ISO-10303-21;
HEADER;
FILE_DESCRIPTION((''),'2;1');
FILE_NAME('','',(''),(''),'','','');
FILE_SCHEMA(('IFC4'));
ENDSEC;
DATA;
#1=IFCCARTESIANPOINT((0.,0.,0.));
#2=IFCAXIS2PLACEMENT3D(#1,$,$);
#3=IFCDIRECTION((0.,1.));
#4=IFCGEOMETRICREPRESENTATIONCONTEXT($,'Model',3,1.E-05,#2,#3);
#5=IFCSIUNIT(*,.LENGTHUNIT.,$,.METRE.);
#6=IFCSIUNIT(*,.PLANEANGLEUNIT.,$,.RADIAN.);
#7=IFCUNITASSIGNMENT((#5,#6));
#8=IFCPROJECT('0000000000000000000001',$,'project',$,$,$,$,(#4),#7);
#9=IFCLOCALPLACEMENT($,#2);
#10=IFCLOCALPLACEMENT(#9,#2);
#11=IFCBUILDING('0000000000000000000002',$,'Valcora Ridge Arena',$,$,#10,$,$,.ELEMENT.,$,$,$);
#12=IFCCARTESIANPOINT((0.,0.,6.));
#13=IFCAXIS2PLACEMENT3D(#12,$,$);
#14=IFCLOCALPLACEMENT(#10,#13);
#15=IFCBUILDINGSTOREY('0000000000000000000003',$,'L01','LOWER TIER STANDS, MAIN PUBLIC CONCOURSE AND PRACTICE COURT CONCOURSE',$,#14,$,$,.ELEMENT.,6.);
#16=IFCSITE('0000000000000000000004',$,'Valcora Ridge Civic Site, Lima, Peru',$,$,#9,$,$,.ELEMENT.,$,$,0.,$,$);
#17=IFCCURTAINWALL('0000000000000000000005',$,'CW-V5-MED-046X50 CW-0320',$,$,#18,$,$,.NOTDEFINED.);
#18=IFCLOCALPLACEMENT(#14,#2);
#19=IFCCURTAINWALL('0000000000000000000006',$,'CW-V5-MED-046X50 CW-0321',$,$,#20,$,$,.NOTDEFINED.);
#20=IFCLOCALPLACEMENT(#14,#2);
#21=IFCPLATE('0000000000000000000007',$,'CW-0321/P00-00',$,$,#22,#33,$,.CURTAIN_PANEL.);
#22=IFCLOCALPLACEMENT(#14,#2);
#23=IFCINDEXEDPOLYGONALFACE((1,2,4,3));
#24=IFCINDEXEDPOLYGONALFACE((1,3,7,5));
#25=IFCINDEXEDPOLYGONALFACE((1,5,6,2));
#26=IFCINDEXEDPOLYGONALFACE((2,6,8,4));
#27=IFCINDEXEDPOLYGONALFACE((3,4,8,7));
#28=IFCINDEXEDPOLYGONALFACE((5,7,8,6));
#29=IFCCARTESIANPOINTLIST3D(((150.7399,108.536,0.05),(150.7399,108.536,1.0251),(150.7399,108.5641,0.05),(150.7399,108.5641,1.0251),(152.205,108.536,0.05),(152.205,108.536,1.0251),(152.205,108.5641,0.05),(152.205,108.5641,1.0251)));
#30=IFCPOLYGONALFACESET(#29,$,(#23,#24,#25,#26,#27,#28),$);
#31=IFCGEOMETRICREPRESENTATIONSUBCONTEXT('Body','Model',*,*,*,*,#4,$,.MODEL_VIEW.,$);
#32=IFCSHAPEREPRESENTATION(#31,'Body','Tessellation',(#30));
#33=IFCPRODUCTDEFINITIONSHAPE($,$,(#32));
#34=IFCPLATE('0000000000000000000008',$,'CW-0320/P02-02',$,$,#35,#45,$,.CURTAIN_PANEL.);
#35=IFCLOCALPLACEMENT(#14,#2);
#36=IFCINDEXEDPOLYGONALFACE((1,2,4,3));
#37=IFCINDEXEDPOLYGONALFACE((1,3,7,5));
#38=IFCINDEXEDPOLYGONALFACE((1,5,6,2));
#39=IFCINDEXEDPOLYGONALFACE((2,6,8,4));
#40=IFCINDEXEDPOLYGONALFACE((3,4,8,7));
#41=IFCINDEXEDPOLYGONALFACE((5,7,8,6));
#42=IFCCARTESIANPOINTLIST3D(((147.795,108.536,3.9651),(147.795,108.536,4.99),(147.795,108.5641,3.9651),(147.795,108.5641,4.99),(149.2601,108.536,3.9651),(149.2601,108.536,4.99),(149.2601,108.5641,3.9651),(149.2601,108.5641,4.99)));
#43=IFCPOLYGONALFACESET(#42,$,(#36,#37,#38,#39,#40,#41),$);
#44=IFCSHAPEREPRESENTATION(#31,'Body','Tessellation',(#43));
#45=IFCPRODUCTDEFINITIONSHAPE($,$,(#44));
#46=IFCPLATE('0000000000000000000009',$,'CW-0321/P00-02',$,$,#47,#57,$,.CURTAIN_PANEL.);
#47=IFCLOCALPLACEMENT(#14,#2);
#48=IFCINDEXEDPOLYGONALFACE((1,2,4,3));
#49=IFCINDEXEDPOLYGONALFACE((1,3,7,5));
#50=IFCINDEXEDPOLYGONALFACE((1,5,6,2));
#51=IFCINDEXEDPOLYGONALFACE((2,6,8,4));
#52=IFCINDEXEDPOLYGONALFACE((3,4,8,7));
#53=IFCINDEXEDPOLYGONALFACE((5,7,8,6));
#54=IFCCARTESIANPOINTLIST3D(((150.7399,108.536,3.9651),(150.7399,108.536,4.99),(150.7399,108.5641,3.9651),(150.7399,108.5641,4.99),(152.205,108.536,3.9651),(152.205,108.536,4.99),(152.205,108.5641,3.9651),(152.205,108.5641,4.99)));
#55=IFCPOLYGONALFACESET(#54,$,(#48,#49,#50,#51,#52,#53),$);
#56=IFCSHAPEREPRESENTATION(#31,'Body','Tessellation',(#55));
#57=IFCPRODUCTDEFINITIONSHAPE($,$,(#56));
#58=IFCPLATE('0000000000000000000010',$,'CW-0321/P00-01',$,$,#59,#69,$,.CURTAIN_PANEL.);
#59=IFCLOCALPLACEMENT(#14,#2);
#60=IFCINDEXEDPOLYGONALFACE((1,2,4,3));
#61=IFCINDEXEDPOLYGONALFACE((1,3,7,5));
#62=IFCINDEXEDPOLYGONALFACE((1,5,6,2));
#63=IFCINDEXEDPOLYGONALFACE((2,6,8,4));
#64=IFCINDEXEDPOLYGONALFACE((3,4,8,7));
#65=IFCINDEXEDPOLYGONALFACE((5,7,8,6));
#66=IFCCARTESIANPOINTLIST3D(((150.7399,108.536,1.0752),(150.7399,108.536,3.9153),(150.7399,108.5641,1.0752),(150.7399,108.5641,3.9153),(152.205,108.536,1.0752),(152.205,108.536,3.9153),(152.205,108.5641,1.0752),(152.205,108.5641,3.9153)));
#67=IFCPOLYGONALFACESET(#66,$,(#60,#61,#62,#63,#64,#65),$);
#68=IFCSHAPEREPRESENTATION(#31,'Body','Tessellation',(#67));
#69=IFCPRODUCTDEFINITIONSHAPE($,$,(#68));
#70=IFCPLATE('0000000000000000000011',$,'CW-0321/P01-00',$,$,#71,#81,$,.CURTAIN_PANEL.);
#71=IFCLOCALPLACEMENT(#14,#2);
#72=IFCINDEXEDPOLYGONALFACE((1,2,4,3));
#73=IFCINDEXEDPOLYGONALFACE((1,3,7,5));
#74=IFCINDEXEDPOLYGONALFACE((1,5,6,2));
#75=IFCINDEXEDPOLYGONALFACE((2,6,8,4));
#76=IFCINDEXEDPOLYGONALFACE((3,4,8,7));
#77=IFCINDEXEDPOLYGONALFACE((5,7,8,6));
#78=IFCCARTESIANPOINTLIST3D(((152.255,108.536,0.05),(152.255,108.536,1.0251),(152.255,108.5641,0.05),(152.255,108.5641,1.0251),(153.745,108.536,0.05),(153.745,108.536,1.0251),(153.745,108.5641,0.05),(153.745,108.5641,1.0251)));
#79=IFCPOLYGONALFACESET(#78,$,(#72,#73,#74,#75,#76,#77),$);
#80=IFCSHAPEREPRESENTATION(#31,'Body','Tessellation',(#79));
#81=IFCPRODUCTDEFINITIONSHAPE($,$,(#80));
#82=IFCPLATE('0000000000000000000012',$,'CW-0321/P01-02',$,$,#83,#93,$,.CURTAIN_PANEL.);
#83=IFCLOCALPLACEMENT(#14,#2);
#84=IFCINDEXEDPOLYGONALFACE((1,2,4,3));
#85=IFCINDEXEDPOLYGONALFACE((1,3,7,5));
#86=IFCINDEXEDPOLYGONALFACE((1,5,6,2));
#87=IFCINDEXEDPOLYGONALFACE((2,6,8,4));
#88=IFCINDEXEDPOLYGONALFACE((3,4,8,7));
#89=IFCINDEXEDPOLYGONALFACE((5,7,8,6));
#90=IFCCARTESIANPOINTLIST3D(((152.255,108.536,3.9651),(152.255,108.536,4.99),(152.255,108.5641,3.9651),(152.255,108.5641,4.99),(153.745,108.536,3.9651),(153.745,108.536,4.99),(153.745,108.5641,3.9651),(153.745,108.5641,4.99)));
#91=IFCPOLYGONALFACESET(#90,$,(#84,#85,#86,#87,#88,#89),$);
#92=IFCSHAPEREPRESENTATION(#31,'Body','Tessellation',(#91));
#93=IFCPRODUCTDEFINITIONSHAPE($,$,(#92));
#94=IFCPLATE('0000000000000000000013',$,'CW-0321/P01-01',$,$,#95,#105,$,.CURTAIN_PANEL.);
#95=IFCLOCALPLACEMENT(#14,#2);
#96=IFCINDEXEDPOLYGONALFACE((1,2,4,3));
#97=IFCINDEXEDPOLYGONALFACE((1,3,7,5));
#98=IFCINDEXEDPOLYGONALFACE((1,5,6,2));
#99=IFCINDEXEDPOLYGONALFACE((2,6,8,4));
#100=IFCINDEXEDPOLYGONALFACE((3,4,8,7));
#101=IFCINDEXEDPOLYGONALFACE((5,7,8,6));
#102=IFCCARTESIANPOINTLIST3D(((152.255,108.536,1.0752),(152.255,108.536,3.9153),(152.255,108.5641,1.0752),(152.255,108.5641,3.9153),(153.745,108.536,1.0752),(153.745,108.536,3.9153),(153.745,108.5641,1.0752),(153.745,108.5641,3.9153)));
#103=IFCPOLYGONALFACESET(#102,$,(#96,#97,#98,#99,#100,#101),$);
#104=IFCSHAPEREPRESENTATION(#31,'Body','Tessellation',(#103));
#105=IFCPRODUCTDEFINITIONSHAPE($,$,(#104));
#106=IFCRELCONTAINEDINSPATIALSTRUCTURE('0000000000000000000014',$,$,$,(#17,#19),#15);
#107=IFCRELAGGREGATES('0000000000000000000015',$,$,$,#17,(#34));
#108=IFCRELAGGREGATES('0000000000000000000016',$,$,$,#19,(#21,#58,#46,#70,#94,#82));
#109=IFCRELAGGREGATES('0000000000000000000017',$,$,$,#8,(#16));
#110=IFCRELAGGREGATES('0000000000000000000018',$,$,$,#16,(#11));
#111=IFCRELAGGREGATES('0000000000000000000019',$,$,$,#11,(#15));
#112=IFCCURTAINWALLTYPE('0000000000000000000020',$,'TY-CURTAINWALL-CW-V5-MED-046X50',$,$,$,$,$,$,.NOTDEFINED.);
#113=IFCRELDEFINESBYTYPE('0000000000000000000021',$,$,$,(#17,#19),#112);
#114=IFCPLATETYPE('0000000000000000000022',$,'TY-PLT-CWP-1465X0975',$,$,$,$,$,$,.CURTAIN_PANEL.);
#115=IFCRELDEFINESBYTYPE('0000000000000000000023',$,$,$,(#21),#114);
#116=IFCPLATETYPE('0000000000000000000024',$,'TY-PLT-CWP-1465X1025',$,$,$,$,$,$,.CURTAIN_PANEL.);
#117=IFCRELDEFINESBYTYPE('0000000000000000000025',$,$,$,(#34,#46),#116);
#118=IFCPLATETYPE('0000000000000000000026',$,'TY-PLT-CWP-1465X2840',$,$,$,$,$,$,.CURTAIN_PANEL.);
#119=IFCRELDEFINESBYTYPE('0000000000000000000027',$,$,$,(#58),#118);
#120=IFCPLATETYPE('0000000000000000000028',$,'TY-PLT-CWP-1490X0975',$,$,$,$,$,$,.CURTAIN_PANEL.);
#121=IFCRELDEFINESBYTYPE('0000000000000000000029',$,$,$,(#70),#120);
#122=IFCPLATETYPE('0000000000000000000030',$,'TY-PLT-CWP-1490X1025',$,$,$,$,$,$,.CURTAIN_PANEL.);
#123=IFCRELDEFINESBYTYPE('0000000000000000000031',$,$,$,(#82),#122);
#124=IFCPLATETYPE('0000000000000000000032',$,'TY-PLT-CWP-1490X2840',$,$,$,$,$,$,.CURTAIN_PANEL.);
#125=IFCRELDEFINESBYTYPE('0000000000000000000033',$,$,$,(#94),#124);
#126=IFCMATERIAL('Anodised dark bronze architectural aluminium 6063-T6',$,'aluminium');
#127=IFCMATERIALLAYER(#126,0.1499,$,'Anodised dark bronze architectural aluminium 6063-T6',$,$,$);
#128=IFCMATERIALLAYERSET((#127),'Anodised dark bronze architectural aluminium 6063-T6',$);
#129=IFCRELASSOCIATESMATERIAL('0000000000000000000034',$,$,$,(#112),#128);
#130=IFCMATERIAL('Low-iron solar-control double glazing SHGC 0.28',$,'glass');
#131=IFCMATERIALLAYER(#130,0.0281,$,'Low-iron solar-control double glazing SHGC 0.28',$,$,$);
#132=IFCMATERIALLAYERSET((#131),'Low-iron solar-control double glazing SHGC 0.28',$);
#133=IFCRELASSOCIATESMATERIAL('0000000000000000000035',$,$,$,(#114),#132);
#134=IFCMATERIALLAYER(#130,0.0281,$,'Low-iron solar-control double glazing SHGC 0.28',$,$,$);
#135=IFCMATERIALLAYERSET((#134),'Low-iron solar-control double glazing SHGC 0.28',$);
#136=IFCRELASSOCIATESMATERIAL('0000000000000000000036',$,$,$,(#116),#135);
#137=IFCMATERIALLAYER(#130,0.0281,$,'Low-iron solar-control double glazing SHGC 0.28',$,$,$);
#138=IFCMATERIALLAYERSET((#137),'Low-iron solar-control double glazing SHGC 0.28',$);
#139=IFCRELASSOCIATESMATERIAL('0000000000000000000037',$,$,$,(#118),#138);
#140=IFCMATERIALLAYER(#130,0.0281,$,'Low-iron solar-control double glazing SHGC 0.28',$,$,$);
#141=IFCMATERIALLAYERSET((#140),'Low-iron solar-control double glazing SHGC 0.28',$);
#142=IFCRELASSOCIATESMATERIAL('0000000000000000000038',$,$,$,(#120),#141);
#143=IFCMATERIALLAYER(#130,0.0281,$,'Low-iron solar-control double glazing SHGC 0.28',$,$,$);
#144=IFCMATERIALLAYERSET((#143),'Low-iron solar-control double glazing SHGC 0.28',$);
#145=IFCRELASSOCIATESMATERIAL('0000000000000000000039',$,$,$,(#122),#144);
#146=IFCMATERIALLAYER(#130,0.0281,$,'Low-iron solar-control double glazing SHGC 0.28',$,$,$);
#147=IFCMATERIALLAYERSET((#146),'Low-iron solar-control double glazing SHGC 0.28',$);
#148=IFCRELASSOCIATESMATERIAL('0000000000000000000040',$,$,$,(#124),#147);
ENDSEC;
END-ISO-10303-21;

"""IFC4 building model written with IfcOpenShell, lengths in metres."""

from ifc_helpers import new_model, si_unit, direction, frame, origin, origin_2d, place, context, subcontext, project, spatial, rectangle, extrude, material, layer, layer_set, type_object, element, aggregate, save


model = new_model("IFC4")

# Units and contexts
model_context = context("Model", 3, precision=1e-05, world=origin(), true_north=direction((0.0, 1.0)))
body_context = subcontext(model_context, "Body", "Model", "MODEL_VIEW")
ifc_project = project(units=[si_unit("LENGTHUNIT", "METRE"), si_unit("PLANEANGLEUNIT", "RADIAN")], contexts=[model_context])

# Site, building, storey
site_placement = place(None, origin())
site = spatial("IfcSite", under=ifc_project, at=site_placement, Name="Valcora Ridge Civic Site, Lima, Peru", CompositionType="ELEMENT", RefElevation=0.0)
building_placement = place(site_placement, origin())
building = spatial("IfcBuilding", under=site, at=building_placement, Name="Valcora Ridge Arena", CompositionType="ELEMENT")
storey_placement = place(building_placement, frame((0.0, 0.0, 6.0)))
storey = spatial("IfcBuildingStorey", under=building, at=storey_placement, Name="L01", Description="LOWER TIER STANDS, MAIN PUBLIC CONCOURSE AND PRACTICE COURT CONCOURSE", CompositionType="ELEMENT", Elevation=6.0)

# Curtain wall
ifc_material_1 = material(Name="Anodised dark bronze architectural aluminium 6063-T6", Category="aluminium")
ifc_layer_1 = layer(ifc_material_1, 0.1499, Name="Anodised dark bronze architectural aluminium 6063-T6")
ifc_layer_set_1 = layer_set([ifc_layer_1], Name="Anodised dark bronze architectural aluminium 6063-T6")
curtain_wall_type = type_object("IfcCurtainWallType", Name="TY-CURTAINWALL-CW-V5-MED-046X50", PredefinedType="NOTDEFINED", material=ifc_layer_set_1)
curtain_wall_1_placement = place(storey_placement, origin())
curtain_wall_1 = element("IfcCurtainWall", 1, at=curtain_wall_1_placement, inside=storey, type_object=curtain_wall_type, Name="CW-V5-MED-046X50 CW-0320", PredefinedType="NOTDEFINED")

# Curtain wall, plate
curtain_wall_2_placement = place(storey_placement, origin())
curtain_wall_2 = element("IfcCurtainWall", 2, at=curtain_wall_2_placement, inside=storey, type_object=curtain_wall_type, Name="CW-V5-MED-046X50 CW-0321", PredefinedType="NOTDEFINED")
ifc_material_2 = material(Name="Low-iron solar-control double glazing SHGC 0.28", Category="glass")
ifc_layer_2 = layer(ifc_material_2, 0.0281, Name="Low-iron solar-control double glazing SHGC 0.28")
ifc_layer_set_2 = layer_set([ifc_layer_2], Name="Low-iron solar-control double glazing SHGC 0.28")
plate_type_1 = type_object("IfcPlateType", Name="TY-PLT-CWP-1465X0975", PredefinedType="CURTAIN_PANEL", material=ifc_layer_set_2)
plate_1_placement = place(storey_placement, frame((151.4724, 108.55, 0.05), z_axis=(0.0, 0.0, 1.0), x_axis=(1.0, 0.0, 0.0)))
plate_1 = element("IfcPlate", 3, at=plate_1_placement, type_object=plate_type_1, Name="CW-0321/P00-00", PredefinedType="CURTAIN_PANEL", context=body_context, shape_type="SweptSolid", body=[
    extrude(rectangle(XDim=1.4651, YDim=0.0281, at=origin_2d()), origin(), (0.0, 0.0, 1.0), 0.9751),
])

# Plates
ifc_layer_3 = layer(ifc_material_2, 0.0281, Name="Low-iron solar-control double glazing SHGC 0.28")
ifc_layer_set_3 = layer_set([ifc_layer_3], Name="Low-iron solar-control double glazing SHGC 0.28")
plate_type_2 = type_object("IfcPlateType", Name="TY-PLT-CWP-1465X1025", PredefinedType="CURTAIN_PANEL", material=ifc_layer_set_3)
plate_2_placement = place(storey_placement, frame((148.5276, 108.55, 3.9651), z_axis=(0.0, 0.0, 1.0), x_axis=(1.0, 0.0, 0.0)))
plate_2 = element("IfcPlate", 4, at=plate_2_placement, type_object=plate_type_2, Name="CW-0320/P02-02", PredefinedType="CURTAIN_PANEL", context=body_context, shape_type="SweptSolid", body=[
    extrude(rectangle(XDim=1.4651, YDim=0.0281, at=origin_2d()), origin(), (0.0, 0.0, 1.0), 1.0249),
])
aggregate(curtain_wall_1, [plate_2])
plate_3_placement = place(storey_placement, frame((151.4724, 108.55, 3.9651), z_axis=(0.0, 0.0, 1.0), x_axis=(1.0, 0.0, 0.0)))
plate_3 = element("IfcPlate", 5, at=plate_3_placement, type_object=plate_type_2, Name="CW-0321/P00-02", PredefinedType="CURTAIN_PANEL", context=body_context, shape_type="SweptSolid", body=[
    extrude(rectangle(XDim=1.4651, YDim=0.0281, at=origin_2d()), origin(), (0.0, 0.0, 1.0), 1.0249),
])
ifc_layer_4 = layer(ifc_material_2, 0.0281, Name="Low-iron solar-control double glazing SHGC 0.28")
ifc_layer_set_4 = layer_set([ifc_layer_4], Name="Low-iron solar-control double glazing SHGC 0.28")
plate_type_3 = type_object("IfcPlateType", Name="TY-PLT-CWP-1465X2840", PredefinedType="CURTAIN_PANEL", material=ifc_layer_set_4)
plate_4_placement = place(storey_placement, frame((151.4724, 108.55, 1.0752), z_axis=(0.0, 0.0, 1.0), x_axis=(1.0, 0.0, 0.0)))
plate_4 = element("IfcPlate", 6, at=plate_4_placement, type_object=plate_type_3, Name="CW-0321/P00-01", PredefinedType="CURTAIN_PANEL", context=body_context, shape_type="SweptSolid", body=[
    extrude(rectangle(XDim=1.4651, YDim=0.0281, at=origin_2d()), origin(), (0.0, 0.0, 1.0), 2.8401),
])
ifc_layer_5 = layer(ifc_material_2, 0.0281, Name="Low-iron solar-control double glazing SHGC 0.28")
ifc_layer_set_5 = layer_set([ifc_layer_5], Name="Low-iron solar-control double glazing SHGC 0.28")
plate_type_4 = type_object("IfcPlateType", Name="TY-PLT-CWP-1490X0975", PredefinedType="CURTAIN_PANEL", material=ifc_layer_set_5)
plate_5_placement = place(storey_placement, frame((153.0, 108.55, 0.05), z_axis=(0.0, 0.0, 1.0), x_axis=(1.0, 0.0, 0.0)))
plate_5 = element("IfcPlate", 7, at=plate_5_placement, type_object=plate_type_4, Name="CW-0321/P01-00", PredefinedType="CURTAIN_PANEL", context=body_context, shape_type="SweptSolid", body=[
    extrude(rectangle(XDim=1.49, YDim=0.0281, at=origin_2d()), origin(), (0.0, 0.0, 1.0), 0.9751),
])
ifc_layer_6 = layer(ifc_material_2, 0.0281, Name="Low-iron solar-control double glazing SHGC 0.28")
ifc_layer_set_6 = layer_set([ifc_layer_6], Name="Low-iron solar-control double glazing SHGC 0.28")
plate_type_5 = type_object("IfcPlateType", Name="TY-PLT-CWP-1490X1025", PredefinedType="CURTAIN_PANEL", material=ifc_layer_set_6)
plate_6_placement = place(storey_placement, frame((153.0, 108.55, 3.9651), z_axis=(0.0, 0.0, 1.0), x_axis=(1.0, 0.0, 0.0)))
plate_6 = element("IfcPlate", 8, at=plate_6_placement, type_object=plate_type_5, Name="CW-0321/P01-02", PredefinedType="CURTAIN_PANEL", context=body_context, shape_type="SweptSolid", body=[
    extrude(rectangle(XDim=1.49, YDim=0.0281, at=origin_2d()), origin(), (0.0, 0.0, 1.0), 1.0249),
])
ifc_layer_7 = layer(ifc_material_2, 0.0281, Name="Low-iron solar-control double glazing SHGC 0.28")
ifc_layer_set_7 = layer_set([ifc_layer_7], Name="Low-iron solar-control double glazing SHGC 0.28")
plate_type_6 = type_object("IfcPlateType", Name="TY-PLT-CWP-1490X2840", PredefinedType="CURTAIN_PANEL", material=ifc_layer_set_7)
plate_7_placement = place(storey_placement, frame((153.0, 108.55, 1.0752), z_axis=(0.0, 0.0, 1.0), x_axis=(1.0, 0.0, 0.0)))
plate_7 = element("IfcPlate", 9, at=plate_7_placement, type_object=plate_type_6, Name="CW-0321/P01-01", PredefinedType="CURTAIN_PANEL", context=body_context, shape_type="SweptSolid", body=[
    extrude(rectangle(XDim=1.49, YDim=0.0281, at=origin_2d()), origin(), (0.0, 0.0, 1.0), 2.8401),
])
aggregate(curtain_wall_2, [plate_1, plate_4, plate_3, plate_5, plate_7, plate_6])

save(model, "model.ifc")
